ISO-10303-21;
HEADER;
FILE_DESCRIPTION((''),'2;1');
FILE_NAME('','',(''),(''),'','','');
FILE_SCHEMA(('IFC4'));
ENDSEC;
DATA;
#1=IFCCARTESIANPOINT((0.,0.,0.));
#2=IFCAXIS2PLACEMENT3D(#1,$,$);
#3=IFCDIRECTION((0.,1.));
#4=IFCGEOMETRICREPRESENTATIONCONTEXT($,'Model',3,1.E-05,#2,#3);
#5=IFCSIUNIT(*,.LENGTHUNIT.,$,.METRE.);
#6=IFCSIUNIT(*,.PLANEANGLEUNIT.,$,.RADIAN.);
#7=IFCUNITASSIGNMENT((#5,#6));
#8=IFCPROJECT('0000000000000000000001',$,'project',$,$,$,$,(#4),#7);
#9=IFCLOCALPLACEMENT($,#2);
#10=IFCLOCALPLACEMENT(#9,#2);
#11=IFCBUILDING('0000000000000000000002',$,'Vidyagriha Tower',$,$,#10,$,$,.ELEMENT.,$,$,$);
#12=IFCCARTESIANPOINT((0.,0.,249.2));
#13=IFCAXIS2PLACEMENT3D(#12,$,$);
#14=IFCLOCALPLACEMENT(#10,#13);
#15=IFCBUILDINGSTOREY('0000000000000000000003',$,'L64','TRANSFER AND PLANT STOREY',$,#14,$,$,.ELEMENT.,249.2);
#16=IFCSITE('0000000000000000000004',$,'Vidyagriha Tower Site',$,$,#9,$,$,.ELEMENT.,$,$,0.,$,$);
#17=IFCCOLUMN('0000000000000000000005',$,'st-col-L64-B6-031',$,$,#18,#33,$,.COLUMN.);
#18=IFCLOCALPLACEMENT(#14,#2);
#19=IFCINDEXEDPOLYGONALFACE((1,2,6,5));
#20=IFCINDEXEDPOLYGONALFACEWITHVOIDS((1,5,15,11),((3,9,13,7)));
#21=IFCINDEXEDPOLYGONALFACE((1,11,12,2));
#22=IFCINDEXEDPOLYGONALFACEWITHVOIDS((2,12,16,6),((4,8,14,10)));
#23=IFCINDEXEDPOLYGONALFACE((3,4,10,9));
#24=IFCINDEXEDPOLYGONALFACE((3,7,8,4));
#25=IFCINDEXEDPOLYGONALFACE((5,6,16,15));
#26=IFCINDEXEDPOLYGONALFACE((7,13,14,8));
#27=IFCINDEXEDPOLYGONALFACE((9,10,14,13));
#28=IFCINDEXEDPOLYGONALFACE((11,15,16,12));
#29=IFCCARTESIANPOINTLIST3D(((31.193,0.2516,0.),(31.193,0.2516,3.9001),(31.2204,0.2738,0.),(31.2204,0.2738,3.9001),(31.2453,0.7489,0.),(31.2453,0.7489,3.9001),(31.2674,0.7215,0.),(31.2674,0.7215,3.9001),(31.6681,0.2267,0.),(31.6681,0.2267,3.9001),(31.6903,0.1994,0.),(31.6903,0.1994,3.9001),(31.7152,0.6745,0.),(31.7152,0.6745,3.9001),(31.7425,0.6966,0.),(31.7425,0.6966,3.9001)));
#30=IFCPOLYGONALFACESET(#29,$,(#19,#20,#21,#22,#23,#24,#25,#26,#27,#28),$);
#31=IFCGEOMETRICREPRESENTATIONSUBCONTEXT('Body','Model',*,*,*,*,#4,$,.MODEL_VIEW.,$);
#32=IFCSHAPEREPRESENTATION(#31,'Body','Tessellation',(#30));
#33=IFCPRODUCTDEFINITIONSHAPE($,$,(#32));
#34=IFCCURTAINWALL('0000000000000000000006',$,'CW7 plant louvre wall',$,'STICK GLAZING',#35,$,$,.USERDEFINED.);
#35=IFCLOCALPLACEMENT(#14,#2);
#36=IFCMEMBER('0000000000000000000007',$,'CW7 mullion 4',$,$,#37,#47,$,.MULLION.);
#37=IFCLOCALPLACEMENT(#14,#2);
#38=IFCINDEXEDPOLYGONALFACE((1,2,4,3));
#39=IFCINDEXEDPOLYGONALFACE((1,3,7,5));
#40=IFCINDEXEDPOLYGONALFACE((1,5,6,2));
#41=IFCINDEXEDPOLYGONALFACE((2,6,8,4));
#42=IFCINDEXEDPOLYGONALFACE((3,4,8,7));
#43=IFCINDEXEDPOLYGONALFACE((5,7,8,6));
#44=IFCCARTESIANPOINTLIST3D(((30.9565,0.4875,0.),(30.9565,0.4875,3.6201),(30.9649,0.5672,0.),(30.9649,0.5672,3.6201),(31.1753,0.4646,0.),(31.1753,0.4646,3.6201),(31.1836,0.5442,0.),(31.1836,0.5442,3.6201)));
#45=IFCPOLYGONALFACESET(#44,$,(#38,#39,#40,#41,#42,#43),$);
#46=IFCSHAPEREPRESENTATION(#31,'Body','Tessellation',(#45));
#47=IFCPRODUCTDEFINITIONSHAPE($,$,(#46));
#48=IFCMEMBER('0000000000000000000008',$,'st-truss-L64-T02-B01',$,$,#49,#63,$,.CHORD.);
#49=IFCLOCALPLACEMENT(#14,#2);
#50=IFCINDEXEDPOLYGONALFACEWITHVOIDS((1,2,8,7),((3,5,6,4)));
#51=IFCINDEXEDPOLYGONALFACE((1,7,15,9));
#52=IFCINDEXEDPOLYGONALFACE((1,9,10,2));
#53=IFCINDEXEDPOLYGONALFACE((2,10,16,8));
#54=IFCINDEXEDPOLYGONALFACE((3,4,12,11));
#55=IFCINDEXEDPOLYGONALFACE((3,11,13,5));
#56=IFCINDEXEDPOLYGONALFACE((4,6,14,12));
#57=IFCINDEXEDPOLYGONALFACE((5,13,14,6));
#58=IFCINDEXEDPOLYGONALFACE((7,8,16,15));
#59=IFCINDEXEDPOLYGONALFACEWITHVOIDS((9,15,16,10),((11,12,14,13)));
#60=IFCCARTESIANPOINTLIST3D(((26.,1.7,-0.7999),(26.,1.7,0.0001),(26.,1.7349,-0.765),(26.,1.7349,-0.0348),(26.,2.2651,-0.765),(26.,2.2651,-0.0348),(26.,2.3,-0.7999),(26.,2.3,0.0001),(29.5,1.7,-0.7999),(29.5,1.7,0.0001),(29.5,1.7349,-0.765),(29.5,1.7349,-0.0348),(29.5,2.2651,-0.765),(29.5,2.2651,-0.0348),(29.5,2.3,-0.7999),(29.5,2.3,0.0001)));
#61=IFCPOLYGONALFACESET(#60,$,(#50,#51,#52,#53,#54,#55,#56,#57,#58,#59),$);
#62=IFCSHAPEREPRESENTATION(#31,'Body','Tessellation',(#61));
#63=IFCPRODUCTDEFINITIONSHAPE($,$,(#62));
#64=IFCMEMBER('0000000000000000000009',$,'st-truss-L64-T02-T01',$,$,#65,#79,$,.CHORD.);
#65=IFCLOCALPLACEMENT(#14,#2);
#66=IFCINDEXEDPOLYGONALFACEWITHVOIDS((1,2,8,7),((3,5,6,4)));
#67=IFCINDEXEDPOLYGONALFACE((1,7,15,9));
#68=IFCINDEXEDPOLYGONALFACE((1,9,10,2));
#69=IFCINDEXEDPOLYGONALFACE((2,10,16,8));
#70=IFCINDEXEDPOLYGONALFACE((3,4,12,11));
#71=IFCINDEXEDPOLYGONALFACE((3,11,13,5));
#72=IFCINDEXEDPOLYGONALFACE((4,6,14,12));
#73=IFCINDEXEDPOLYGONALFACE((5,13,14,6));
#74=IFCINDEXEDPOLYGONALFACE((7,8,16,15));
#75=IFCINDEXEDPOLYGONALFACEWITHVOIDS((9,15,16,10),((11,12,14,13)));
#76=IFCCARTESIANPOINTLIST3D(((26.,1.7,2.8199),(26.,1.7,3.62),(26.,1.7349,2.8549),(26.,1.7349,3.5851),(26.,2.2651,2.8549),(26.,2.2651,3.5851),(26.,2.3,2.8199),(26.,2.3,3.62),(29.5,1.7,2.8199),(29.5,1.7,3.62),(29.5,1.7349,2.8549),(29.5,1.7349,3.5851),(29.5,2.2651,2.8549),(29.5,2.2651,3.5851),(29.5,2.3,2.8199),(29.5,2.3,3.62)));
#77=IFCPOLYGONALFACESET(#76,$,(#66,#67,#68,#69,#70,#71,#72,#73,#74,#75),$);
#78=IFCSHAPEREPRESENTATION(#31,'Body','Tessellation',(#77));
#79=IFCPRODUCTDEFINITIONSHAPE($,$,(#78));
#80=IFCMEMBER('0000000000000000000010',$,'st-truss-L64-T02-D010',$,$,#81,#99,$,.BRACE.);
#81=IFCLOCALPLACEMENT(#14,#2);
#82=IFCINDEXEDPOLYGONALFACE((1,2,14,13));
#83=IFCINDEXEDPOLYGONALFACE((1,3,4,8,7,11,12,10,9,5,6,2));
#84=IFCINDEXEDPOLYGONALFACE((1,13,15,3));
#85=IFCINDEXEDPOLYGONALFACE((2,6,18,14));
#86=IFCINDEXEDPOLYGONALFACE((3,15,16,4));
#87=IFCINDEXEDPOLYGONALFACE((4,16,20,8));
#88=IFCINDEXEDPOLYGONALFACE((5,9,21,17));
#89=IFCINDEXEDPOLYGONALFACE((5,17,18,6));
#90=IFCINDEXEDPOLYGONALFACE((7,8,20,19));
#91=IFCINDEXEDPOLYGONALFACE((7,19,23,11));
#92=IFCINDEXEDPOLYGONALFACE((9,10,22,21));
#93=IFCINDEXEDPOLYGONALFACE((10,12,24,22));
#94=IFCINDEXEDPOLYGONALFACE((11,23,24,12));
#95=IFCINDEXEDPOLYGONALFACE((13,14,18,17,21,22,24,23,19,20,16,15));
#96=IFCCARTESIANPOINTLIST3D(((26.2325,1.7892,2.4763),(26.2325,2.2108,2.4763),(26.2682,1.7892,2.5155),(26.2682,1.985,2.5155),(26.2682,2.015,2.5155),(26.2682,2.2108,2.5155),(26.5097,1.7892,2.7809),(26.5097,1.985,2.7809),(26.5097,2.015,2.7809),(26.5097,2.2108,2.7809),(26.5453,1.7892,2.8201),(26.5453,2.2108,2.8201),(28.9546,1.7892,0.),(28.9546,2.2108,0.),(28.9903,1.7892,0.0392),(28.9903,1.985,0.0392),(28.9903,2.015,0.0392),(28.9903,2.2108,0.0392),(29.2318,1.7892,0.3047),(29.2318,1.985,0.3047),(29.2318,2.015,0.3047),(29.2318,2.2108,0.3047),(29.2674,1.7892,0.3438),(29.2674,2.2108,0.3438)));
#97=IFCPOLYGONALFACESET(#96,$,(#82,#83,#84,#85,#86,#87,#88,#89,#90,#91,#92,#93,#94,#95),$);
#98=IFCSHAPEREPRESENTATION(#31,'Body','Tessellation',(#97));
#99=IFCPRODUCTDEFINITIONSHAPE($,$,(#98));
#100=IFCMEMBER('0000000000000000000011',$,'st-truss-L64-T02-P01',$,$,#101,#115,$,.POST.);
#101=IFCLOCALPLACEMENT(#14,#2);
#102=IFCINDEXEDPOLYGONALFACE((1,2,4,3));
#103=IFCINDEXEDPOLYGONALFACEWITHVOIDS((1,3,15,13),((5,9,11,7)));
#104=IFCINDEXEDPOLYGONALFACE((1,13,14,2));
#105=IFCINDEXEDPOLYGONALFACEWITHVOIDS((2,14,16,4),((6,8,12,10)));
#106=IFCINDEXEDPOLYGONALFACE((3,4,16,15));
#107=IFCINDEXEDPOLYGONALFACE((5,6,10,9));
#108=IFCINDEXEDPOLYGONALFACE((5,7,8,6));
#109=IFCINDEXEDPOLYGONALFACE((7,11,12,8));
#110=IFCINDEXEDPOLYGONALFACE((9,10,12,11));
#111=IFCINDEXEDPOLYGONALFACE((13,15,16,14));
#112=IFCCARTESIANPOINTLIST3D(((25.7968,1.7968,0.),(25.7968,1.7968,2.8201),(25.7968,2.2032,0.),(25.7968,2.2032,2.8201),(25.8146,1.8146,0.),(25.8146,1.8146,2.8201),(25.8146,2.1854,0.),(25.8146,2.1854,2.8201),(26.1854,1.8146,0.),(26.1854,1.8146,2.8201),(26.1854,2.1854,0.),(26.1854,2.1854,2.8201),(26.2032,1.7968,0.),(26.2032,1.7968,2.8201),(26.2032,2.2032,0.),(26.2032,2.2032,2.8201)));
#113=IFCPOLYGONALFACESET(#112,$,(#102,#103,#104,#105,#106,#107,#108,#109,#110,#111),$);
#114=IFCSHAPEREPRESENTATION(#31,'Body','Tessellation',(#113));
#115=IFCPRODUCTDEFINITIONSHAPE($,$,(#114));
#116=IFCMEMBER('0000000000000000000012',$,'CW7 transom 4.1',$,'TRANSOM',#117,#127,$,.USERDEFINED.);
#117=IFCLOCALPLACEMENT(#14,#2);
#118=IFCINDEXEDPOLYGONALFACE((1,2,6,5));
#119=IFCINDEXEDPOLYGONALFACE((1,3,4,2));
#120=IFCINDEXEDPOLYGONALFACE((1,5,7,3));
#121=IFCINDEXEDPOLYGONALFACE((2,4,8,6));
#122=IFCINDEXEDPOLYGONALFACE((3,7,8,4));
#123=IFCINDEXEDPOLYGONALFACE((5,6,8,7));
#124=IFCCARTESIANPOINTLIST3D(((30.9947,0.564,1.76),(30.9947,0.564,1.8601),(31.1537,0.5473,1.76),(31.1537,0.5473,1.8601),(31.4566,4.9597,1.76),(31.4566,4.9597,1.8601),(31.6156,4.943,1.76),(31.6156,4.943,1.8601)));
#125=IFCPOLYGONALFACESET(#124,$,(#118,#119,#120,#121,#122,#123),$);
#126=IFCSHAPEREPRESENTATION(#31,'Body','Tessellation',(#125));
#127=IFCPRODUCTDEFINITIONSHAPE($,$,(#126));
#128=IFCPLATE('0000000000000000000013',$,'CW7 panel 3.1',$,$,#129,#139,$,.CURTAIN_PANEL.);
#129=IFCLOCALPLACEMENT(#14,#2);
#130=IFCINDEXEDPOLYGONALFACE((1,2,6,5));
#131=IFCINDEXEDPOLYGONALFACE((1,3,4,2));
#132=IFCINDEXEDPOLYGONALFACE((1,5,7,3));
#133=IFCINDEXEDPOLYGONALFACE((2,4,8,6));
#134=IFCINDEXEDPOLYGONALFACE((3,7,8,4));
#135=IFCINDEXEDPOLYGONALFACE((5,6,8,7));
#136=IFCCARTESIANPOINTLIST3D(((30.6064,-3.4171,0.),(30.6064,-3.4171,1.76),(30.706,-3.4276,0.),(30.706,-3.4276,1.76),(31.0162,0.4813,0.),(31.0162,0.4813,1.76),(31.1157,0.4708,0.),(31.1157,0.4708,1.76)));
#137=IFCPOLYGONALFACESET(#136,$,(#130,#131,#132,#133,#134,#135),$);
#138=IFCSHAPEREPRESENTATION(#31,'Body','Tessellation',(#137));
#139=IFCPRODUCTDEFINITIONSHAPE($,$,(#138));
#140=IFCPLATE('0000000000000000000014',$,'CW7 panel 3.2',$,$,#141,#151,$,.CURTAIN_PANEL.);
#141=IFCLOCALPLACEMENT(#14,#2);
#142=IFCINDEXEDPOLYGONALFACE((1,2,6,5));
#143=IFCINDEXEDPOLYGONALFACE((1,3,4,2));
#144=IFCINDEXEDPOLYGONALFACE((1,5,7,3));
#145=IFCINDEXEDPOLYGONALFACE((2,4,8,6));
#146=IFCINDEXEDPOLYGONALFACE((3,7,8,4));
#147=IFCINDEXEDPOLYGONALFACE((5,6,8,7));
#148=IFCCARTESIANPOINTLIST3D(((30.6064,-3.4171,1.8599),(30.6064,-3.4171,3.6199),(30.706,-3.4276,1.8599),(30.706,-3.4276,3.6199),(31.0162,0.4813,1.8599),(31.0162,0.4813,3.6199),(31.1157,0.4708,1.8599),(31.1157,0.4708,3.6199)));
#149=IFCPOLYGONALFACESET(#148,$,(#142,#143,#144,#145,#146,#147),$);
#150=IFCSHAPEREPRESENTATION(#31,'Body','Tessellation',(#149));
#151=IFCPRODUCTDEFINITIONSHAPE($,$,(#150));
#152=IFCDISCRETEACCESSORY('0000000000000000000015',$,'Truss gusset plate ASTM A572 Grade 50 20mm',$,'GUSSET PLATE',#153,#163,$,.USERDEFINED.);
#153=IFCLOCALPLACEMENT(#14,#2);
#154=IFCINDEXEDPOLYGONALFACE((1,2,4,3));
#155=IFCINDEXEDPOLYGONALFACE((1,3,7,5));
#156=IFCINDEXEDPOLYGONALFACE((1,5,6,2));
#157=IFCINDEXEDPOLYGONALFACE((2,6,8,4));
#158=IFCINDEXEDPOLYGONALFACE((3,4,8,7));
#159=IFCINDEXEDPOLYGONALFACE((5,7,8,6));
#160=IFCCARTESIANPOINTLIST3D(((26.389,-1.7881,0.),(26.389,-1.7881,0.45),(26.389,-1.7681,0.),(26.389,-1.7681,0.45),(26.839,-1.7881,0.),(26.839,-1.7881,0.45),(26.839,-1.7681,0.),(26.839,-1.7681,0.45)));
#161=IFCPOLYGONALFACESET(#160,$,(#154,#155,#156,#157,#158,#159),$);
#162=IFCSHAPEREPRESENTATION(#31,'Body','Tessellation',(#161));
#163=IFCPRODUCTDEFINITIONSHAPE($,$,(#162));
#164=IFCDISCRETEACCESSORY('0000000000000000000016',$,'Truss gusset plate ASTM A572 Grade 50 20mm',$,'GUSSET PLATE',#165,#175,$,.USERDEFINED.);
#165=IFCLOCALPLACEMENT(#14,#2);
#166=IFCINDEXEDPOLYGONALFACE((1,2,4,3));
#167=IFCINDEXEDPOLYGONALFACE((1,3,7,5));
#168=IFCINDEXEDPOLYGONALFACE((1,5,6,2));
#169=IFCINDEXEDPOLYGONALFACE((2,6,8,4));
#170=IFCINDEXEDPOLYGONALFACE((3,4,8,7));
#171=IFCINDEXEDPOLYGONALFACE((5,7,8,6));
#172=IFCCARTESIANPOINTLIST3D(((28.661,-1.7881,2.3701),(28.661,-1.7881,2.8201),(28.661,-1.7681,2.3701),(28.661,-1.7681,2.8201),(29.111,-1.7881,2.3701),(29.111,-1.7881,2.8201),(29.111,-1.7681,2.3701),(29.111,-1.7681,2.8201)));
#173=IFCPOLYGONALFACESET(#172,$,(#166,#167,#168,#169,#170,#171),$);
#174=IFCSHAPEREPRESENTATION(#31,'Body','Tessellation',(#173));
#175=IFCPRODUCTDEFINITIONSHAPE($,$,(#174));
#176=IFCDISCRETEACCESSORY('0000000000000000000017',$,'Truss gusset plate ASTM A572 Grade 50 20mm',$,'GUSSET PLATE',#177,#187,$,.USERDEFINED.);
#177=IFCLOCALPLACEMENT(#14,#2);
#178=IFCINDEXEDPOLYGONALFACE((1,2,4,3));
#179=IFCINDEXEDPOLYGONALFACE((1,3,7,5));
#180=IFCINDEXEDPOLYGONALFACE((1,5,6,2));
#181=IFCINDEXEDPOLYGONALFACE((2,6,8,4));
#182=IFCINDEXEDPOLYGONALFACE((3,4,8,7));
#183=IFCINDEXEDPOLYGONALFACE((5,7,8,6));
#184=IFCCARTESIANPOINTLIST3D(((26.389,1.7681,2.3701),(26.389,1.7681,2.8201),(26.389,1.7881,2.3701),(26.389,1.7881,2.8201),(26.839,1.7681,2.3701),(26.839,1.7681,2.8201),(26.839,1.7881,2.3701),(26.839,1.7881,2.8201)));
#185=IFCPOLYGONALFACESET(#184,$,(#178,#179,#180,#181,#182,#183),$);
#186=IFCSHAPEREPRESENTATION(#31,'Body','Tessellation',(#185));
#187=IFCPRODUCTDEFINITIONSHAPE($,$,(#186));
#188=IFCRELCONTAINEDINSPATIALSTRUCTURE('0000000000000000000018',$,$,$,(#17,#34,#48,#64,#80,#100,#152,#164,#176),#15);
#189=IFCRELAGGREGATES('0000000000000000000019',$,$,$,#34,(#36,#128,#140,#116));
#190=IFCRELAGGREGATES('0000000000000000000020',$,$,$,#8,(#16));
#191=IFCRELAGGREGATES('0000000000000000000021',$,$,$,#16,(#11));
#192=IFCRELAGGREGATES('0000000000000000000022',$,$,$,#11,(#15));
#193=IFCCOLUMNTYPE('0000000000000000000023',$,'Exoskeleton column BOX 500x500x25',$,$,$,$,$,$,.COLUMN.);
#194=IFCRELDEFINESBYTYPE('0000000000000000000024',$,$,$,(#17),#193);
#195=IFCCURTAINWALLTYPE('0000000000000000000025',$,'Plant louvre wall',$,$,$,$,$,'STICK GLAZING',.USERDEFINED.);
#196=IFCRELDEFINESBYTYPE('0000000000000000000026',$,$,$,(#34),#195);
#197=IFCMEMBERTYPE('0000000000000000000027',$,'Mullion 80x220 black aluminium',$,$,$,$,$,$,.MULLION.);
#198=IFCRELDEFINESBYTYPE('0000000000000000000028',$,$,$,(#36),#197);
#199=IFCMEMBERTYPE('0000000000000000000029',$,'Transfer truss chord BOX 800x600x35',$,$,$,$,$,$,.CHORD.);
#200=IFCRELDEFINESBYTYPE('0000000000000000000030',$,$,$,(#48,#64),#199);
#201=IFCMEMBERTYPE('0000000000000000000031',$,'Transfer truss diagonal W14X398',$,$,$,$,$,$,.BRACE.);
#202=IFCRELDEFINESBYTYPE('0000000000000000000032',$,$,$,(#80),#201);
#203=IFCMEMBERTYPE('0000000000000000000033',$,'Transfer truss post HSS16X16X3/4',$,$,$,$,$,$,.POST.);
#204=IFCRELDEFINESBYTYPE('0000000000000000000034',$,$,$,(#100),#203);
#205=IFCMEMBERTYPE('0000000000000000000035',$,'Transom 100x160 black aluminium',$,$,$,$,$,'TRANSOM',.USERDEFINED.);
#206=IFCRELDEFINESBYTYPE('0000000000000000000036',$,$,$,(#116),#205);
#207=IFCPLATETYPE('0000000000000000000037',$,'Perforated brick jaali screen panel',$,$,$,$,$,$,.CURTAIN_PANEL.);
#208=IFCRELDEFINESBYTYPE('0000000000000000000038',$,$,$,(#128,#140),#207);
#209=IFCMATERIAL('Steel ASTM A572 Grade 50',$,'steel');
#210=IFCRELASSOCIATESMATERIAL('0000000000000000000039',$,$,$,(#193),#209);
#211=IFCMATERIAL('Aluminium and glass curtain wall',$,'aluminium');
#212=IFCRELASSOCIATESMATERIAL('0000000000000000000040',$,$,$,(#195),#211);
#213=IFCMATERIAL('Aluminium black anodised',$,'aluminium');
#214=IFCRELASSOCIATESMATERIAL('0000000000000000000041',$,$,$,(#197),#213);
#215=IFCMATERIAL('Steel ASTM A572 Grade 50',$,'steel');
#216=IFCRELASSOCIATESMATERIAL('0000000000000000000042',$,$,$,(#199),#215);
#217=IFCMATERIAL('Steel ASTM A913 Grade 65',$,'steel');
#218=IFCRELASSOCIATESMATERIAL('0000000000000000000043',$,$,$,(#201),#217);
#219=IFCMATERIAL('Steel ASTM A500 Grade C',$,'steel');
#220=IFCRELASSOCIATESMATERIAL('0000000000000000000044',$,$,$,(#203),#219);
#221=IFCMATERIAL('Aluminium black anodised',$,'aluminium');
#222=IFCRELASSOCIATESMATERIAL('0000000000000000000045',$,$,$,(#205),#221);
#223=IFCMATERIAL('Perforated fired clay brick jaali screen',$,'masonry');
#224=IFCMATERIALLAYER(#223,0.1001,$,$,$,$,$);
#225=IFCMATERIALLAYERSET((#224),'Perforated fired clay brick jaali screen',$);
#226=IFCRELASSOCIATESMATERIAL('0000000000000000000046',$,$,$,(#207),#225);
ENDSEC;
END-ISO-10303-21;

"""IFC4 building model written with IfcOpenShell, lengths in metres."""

from ifc_helpers import new_model, si_unit, direction, frame, origin, origin_2d, place, context, subcontext, project, spatial, rectangle, hollow_rectangle, i_section, extrude, material, layer, layer_set, material_profile, profile_set, type_object, element, aggregate, save


model = new_model("IFC4")

# Units and contexts
model_context = context("Model", 3, precision=1e-05, world=origin(), true_north=direction((0.0, 1.0)))
body_context = subcontext(model_context, "Body", "Model", "MODEL_VIEW")
ifc_project = project(units=[si_unit("LENGTHUNIT", "METRE"), si_unit("PLANEANGLEUNIT", "RADIAN")], contexts=[model_context])

# Site, building, storey
site_placement = place(None, origin())
site = spatial("IfcSite", under=ifc_project, at=site_placement, Name="Vidyagriha Tower Site", CompositionType="ELEMENT", RefElevation=0.0)
building_placement = place(site_placement, origin())
building = spatial("IfcBuilding", under=site, at=building_placement, Name="Vidyagriha Tower", CompositionType="ELEMENT")
storey_placement = place(building_placement, frame((0.0, 0.0, 249.2)))
storey = spatial("IfcBuildingStorey", under=building, at=storey_placement, Name="L64", Description="TRANSFER AND PLANT STOREY", CompositionType="ELEMENT", Elevation=249.2)

# Column
ifc_material_1 = material(Name="Steel ASTM A572 Grade 50", Category="steel")
ifc_material_profile_1 = material_profile(ifc_material_1, hollow_rectangle(XDim=0.5, YDim=0.5, WallThickness=0.0249, at=origin_2d()), Name="BOX 500x500x25")
ifc_profile_set_1 = profile_set([ifc_material_profile_1], Name="Steel ASTM A572 Grade 50")
column_type = type_object("IfcColumnType", Name="Exoskeleton column BOX 500x500x25", PredefinedType="COLUMN", material=ifc_profile_set_1)
column_placement = place(storey_placement, frame((31.4678, 0.4741, 0.0), z_axis=(0.0, 0.0, 1.0), x_axis=(0.994522, -0.104528, 0.0)))
element("IfcColumn", 1, at=column_placement, inside=storey, type_object=column_type, Name="st-col-L64-B6-031", PredefinedType="COLUMN", context=body_context, shape_type="SweptSolid", body=[
    extrude(hollow_rectangle(XDim=0.5, YDim=0.5, WallThickness=0.0249, at=origin_2d()), origin(), (0.0, 0.0, 1.0), 3.9001),
])

# Curtain wall, member
ifc_material_2 = material(Name="Aluminium and glass curtain wall", Category="aluminium")
curtain_wall_type = type_object("IfcCurtainWallType", Name="Plant louvre wall", ElementType="STICK GLAZING", PredefinedType="USERDEFINED", material=ifc_material_2)
curtain_wall_placement = place(storey_placement, origin())
curtain_wall = element("IfcCurtainWall", 2, at=curtain_wall_placement, inside=storey, type_object=curtain_wall_type, Name="CW7 plant louvre wall", ObjectType="STICK GLAZING", PredefinedType="USERDEFINED")
ifc_material_3 = material(Name="Aluminium black anodised", Category="aluminium")
ifc_material_profile_2 = material_profile(ifc_material_3, rectangle(XDim=0.22, YDim=0.0801, at=origin_2d()), Name="Mullion 80x220 black aluminium")
ifc_profile_set_2 = profile_set([ifc_material_profile_2], Name="Aluminium black anodised")
member_type_1 = type_object("IfcMemberType", Name="Mullion 80x220 black aluminium", PredefinedType="MULLION", material=ifc_profile_set_2)
member_1_placement = place(storey_placement, frame((31.0701, 0.5159, 0.0), z_axis=(0.0, 0.0, 1.0), x_axis=(-0.994522, 0.104527, 0.0)))
member_1 = element("IfcMember", 3, at=member_1_placement, type_object=member_type_1, Name="CW7 mullion 4", PredefinedType="MULLION", context=body_context, shape_type="SweptSolid", body=[
    extrude(rectangle(XDim=0.22, YDim=0.0801, at=origin_2d()), origin(), (0.0, 0.0, 1.0), 3.6201),
])

# Members
ifc_material_4 = material(Name="Steel ASTM A572 Grade 50", Category="steel")
ifc_material_profile_3 = material_profile(ifc_material_4, hollow_rectangle(XDim=0.6001, YDim=0.8, WallThickness=0.0349, at=origin_2d()), Name="BOX 800x600x35")
ifc_profile_set_3 = profile_set([ifc_material_profile_3], Name="Steel ASTM A572 Grade 50")
member_type_2 = type_object("IfcMemberType", Name="Transfer truss chord BOX 800x600x35", PredefinedType="CHORD", material=ifc_profile_set_3)
for number, where, z_axis, x_axis, name in (
    (4, (26.0, 2.0, -0.3999), (1.0, 0.0, 0.0), (0.0, 1.0, 0.0), "st-truss-L64-T02-B01"),
    (5, (26.0, 2.0, 3.22), (1.0, 0.0, 0.0), (0.0, 1.0, 0.0), "st-truss-L64-T02-T01"),
):
    element("IfcMember", number, at=place(storey_placement, frame(where, z_axis=z_axis, x_axis=x_axis)), inside=storey, type_object=member_type_2, Name=name, PredefinedType="CHORD", context=body_context, shape_type="SweptSolid", body=[
        extrude(hollow_rectangle(XDim=0.6001, YDim=0.8, WallThickness=0.0349, at=origin_2d()), origin(), (0.0, 0.0, 1.0), 3.5),
    ])
ifc_material_5 = material(Name="Steel ASTM A913 Grade 65", Category="steel")
ifc_material_profile_4 = material_profile(ifc_material_5, i_section(OverallWidth=0.4216, OverallDepth=0.4648, WebThickness=0.03, FlangeThickness=0.053, at=origin_2d()), Name="W14X398")
ifc_profile_set_4 = profile_set([ifc_material_profile_4], Name="Steel ASTM A913 Grade 65")
member_type_3 = type_object("IfcMemberType", Name="Transfer truss diagonal W14X398", PredefinedType="BRACE", material=ifc_profile_set_4)
member_2_placement = place(storey_placement, frame((26.3889, 2.0, 2.6482), z_axis=(0.739721, 0.0, -0.672914), x_axis=(0.0, 1.0, 0.0)))
element("IfcMember", 6, at=member_2_placement, inside=storey, type_object=member_type_3, Name="st-truss-L64-T02-D010", PredefinedType="BRACE", context=body_context, shape_type="SweptSolid", body=[
    extrude(i_section(OverallWidth=0.4216, OverallDepth=0.4648, WebThickness=0.03, FlangeThickness=0.053, at=origin_2d()), origin(), (0.0, 0.0, 1.0), 3.6799),
])
ifc_material_6 = material(Name="Steel ASTM A500 Grade C", Category="steel")
ifc_material_profile_5 = material_profile(ifc_material_6, hollow_rectangle(XDim=0.4065, YDim=0.4065, WallThickness=0.0178, at=origin_2d()), Name="HSS16X16X3/4")
ifc_profile_set_5 = profile_set([ifc_material_profile_5], Name="Steel ASTM A500 Grade C")
member_type_4 = type_object("IfcMemberType", Name="Transfer truss post HSS16X16X3/4", PredefinedType="POST", material=ifc_profile_set_5)
member_3_placement = place(storey_placement, frame((26.0, 2.0, 0.0)))
element("IfcMember", 7, at=member_3_placement, inside=storey, type_object=member_type_4, Name="st-truss-L64-T02-P01", PredefinedType="POST", context=body_context, shape_type="SweptSolid", body=[
    extrude(hollow_rectangle(XDim=0.4065, YDim=0.4065, WallThickness=0.0178, at=origin_2d()), origin(), (0.0, 0.0, 1.0), 2.8201),
])

# Member
ifc_material_7 = material(Name="Aluminium black anodised", Category="aluminium")
ifc_material_profile_6 = material_profile(ifc_material_7, rectangle(XDim=0.1599, YDim=0.1001, at=origin_2d()), Name="Transom 100x160 black aluminium")
ifc_profile_set_6 = profile_set([ifc_material_profile_6], Name="Aluminium black anodised")
member_type_5 = type_object("IfcMemberType", Name="Transom 100x160 black aluminium", ElementType="TRANSOM", PredefinedType="USERDEFINED", material=ifc_profile_set_6)
member_4_placement = place(storey_placement, frame((31.0742, 0.5557, 1.8101), z_axis=(0.104507, 0.994524, 0.0), x_axis=(-0.994524, 0.104507, 0.0)))
member_4 = element("IfcMember", 8, at=member_4_placement, type_object=member_type_5, Name="CW7 transom 4.1", ObjectType="TRANSOM", PredefinedType="USERDEFINED", context=body_context, shape_type="SweptSolid", body=[
    extrude(rectangle(XDim=0.1599, YDim=0.1001, at=origin_2d()), origin(), (0.0, 0.0, 1.0), 4.4199),
])

# Plates
ifc_material_8 = material(Name="Perforated fired clay brick jaali screen", Category="masonry")
ifc_layer = layer(ifc_material_8, 0.1001)
ifc_layer_set = layer_set([ifc_layer], Name="Perforated fired clay brick jaali screen")
plate_type = type_object("IfcPlateType", Name="Perforated brick jaali screen panel", PredefinedType="CURTAIN_PANEL", material=ifc_layer_set)
plate_1_placement = place(storey_placement, frame((30.8611, -1.4731, 0.0), z_axis=(0.0, 0.0, 1.0), x_axis=(0.104527, 0.994522, 0.0)))
plate_1 = element("IfcPlate", 9, at=plate_1_placement, type_object=plate_type, Name="CW7 panel 3.1", PredefinedType="CURTAIN_PANEL", context=body_context, shape_type="SweptSolid", body=[
    extrude(rectangle(XDim=3.9199, YDim=0.1001, at=origin_2d()), origin(), (0.0, 0.0, 1.0), 1.76),
])
plate_2_placement = place(storey_placement, frame((30.8611, -1.4731, 1.8599), z_axis=(0.0, 0.0, 1.0), x_axis=(0.104527, 0.994522, 0.0)))
plate_2 = element("IfcPlate", 10, at=plate_2_placement, type_object=plate_type, Name="CW7 panel 3.2", PredefinedType="CURTAIN_PANEL", context=body_context, shape_type="SweptSolid", body=[
    extrude(rectangle(XDim=3.9199, YDim=0.1001, at=origin_2d()), origin(), (0.0, 0.0, 1.0), 1.76),
])
aggregate(curtain_wall, [member_1, plate_1, plate_2, member_4])

# Discrete accessories
for number, where, name in (
    (11, (26.614, -1.7781, 0.0), "Truss gusset plate ASTM A572 Grade 50 20mm"),
    (12, (28.886, -1.7781, 2.3701), "Truss gusset plate ASTM A572 Grade 50 20mm"),
    (13, (26.614, 1.7781, 2.3701), "Truss gusset plate ASTM A572 Grade 50 20mm"),
):
    element("IfcDiscreteAccessory", number, at=place(storey_placement, frame(where)), inside=storey, Name=name, ObjectType="GUSSET PLATE", PredefinedType="USERDEFINED", context=body_context, shape_type="SweptSolid", body=[
        extrude(rectangle(XDim=0.45, YDim=0.02, at=origin_2d()), origin(), (0.0, 0.0, 1.0), 0.45),
    ])

save(model, "model.ifc")
